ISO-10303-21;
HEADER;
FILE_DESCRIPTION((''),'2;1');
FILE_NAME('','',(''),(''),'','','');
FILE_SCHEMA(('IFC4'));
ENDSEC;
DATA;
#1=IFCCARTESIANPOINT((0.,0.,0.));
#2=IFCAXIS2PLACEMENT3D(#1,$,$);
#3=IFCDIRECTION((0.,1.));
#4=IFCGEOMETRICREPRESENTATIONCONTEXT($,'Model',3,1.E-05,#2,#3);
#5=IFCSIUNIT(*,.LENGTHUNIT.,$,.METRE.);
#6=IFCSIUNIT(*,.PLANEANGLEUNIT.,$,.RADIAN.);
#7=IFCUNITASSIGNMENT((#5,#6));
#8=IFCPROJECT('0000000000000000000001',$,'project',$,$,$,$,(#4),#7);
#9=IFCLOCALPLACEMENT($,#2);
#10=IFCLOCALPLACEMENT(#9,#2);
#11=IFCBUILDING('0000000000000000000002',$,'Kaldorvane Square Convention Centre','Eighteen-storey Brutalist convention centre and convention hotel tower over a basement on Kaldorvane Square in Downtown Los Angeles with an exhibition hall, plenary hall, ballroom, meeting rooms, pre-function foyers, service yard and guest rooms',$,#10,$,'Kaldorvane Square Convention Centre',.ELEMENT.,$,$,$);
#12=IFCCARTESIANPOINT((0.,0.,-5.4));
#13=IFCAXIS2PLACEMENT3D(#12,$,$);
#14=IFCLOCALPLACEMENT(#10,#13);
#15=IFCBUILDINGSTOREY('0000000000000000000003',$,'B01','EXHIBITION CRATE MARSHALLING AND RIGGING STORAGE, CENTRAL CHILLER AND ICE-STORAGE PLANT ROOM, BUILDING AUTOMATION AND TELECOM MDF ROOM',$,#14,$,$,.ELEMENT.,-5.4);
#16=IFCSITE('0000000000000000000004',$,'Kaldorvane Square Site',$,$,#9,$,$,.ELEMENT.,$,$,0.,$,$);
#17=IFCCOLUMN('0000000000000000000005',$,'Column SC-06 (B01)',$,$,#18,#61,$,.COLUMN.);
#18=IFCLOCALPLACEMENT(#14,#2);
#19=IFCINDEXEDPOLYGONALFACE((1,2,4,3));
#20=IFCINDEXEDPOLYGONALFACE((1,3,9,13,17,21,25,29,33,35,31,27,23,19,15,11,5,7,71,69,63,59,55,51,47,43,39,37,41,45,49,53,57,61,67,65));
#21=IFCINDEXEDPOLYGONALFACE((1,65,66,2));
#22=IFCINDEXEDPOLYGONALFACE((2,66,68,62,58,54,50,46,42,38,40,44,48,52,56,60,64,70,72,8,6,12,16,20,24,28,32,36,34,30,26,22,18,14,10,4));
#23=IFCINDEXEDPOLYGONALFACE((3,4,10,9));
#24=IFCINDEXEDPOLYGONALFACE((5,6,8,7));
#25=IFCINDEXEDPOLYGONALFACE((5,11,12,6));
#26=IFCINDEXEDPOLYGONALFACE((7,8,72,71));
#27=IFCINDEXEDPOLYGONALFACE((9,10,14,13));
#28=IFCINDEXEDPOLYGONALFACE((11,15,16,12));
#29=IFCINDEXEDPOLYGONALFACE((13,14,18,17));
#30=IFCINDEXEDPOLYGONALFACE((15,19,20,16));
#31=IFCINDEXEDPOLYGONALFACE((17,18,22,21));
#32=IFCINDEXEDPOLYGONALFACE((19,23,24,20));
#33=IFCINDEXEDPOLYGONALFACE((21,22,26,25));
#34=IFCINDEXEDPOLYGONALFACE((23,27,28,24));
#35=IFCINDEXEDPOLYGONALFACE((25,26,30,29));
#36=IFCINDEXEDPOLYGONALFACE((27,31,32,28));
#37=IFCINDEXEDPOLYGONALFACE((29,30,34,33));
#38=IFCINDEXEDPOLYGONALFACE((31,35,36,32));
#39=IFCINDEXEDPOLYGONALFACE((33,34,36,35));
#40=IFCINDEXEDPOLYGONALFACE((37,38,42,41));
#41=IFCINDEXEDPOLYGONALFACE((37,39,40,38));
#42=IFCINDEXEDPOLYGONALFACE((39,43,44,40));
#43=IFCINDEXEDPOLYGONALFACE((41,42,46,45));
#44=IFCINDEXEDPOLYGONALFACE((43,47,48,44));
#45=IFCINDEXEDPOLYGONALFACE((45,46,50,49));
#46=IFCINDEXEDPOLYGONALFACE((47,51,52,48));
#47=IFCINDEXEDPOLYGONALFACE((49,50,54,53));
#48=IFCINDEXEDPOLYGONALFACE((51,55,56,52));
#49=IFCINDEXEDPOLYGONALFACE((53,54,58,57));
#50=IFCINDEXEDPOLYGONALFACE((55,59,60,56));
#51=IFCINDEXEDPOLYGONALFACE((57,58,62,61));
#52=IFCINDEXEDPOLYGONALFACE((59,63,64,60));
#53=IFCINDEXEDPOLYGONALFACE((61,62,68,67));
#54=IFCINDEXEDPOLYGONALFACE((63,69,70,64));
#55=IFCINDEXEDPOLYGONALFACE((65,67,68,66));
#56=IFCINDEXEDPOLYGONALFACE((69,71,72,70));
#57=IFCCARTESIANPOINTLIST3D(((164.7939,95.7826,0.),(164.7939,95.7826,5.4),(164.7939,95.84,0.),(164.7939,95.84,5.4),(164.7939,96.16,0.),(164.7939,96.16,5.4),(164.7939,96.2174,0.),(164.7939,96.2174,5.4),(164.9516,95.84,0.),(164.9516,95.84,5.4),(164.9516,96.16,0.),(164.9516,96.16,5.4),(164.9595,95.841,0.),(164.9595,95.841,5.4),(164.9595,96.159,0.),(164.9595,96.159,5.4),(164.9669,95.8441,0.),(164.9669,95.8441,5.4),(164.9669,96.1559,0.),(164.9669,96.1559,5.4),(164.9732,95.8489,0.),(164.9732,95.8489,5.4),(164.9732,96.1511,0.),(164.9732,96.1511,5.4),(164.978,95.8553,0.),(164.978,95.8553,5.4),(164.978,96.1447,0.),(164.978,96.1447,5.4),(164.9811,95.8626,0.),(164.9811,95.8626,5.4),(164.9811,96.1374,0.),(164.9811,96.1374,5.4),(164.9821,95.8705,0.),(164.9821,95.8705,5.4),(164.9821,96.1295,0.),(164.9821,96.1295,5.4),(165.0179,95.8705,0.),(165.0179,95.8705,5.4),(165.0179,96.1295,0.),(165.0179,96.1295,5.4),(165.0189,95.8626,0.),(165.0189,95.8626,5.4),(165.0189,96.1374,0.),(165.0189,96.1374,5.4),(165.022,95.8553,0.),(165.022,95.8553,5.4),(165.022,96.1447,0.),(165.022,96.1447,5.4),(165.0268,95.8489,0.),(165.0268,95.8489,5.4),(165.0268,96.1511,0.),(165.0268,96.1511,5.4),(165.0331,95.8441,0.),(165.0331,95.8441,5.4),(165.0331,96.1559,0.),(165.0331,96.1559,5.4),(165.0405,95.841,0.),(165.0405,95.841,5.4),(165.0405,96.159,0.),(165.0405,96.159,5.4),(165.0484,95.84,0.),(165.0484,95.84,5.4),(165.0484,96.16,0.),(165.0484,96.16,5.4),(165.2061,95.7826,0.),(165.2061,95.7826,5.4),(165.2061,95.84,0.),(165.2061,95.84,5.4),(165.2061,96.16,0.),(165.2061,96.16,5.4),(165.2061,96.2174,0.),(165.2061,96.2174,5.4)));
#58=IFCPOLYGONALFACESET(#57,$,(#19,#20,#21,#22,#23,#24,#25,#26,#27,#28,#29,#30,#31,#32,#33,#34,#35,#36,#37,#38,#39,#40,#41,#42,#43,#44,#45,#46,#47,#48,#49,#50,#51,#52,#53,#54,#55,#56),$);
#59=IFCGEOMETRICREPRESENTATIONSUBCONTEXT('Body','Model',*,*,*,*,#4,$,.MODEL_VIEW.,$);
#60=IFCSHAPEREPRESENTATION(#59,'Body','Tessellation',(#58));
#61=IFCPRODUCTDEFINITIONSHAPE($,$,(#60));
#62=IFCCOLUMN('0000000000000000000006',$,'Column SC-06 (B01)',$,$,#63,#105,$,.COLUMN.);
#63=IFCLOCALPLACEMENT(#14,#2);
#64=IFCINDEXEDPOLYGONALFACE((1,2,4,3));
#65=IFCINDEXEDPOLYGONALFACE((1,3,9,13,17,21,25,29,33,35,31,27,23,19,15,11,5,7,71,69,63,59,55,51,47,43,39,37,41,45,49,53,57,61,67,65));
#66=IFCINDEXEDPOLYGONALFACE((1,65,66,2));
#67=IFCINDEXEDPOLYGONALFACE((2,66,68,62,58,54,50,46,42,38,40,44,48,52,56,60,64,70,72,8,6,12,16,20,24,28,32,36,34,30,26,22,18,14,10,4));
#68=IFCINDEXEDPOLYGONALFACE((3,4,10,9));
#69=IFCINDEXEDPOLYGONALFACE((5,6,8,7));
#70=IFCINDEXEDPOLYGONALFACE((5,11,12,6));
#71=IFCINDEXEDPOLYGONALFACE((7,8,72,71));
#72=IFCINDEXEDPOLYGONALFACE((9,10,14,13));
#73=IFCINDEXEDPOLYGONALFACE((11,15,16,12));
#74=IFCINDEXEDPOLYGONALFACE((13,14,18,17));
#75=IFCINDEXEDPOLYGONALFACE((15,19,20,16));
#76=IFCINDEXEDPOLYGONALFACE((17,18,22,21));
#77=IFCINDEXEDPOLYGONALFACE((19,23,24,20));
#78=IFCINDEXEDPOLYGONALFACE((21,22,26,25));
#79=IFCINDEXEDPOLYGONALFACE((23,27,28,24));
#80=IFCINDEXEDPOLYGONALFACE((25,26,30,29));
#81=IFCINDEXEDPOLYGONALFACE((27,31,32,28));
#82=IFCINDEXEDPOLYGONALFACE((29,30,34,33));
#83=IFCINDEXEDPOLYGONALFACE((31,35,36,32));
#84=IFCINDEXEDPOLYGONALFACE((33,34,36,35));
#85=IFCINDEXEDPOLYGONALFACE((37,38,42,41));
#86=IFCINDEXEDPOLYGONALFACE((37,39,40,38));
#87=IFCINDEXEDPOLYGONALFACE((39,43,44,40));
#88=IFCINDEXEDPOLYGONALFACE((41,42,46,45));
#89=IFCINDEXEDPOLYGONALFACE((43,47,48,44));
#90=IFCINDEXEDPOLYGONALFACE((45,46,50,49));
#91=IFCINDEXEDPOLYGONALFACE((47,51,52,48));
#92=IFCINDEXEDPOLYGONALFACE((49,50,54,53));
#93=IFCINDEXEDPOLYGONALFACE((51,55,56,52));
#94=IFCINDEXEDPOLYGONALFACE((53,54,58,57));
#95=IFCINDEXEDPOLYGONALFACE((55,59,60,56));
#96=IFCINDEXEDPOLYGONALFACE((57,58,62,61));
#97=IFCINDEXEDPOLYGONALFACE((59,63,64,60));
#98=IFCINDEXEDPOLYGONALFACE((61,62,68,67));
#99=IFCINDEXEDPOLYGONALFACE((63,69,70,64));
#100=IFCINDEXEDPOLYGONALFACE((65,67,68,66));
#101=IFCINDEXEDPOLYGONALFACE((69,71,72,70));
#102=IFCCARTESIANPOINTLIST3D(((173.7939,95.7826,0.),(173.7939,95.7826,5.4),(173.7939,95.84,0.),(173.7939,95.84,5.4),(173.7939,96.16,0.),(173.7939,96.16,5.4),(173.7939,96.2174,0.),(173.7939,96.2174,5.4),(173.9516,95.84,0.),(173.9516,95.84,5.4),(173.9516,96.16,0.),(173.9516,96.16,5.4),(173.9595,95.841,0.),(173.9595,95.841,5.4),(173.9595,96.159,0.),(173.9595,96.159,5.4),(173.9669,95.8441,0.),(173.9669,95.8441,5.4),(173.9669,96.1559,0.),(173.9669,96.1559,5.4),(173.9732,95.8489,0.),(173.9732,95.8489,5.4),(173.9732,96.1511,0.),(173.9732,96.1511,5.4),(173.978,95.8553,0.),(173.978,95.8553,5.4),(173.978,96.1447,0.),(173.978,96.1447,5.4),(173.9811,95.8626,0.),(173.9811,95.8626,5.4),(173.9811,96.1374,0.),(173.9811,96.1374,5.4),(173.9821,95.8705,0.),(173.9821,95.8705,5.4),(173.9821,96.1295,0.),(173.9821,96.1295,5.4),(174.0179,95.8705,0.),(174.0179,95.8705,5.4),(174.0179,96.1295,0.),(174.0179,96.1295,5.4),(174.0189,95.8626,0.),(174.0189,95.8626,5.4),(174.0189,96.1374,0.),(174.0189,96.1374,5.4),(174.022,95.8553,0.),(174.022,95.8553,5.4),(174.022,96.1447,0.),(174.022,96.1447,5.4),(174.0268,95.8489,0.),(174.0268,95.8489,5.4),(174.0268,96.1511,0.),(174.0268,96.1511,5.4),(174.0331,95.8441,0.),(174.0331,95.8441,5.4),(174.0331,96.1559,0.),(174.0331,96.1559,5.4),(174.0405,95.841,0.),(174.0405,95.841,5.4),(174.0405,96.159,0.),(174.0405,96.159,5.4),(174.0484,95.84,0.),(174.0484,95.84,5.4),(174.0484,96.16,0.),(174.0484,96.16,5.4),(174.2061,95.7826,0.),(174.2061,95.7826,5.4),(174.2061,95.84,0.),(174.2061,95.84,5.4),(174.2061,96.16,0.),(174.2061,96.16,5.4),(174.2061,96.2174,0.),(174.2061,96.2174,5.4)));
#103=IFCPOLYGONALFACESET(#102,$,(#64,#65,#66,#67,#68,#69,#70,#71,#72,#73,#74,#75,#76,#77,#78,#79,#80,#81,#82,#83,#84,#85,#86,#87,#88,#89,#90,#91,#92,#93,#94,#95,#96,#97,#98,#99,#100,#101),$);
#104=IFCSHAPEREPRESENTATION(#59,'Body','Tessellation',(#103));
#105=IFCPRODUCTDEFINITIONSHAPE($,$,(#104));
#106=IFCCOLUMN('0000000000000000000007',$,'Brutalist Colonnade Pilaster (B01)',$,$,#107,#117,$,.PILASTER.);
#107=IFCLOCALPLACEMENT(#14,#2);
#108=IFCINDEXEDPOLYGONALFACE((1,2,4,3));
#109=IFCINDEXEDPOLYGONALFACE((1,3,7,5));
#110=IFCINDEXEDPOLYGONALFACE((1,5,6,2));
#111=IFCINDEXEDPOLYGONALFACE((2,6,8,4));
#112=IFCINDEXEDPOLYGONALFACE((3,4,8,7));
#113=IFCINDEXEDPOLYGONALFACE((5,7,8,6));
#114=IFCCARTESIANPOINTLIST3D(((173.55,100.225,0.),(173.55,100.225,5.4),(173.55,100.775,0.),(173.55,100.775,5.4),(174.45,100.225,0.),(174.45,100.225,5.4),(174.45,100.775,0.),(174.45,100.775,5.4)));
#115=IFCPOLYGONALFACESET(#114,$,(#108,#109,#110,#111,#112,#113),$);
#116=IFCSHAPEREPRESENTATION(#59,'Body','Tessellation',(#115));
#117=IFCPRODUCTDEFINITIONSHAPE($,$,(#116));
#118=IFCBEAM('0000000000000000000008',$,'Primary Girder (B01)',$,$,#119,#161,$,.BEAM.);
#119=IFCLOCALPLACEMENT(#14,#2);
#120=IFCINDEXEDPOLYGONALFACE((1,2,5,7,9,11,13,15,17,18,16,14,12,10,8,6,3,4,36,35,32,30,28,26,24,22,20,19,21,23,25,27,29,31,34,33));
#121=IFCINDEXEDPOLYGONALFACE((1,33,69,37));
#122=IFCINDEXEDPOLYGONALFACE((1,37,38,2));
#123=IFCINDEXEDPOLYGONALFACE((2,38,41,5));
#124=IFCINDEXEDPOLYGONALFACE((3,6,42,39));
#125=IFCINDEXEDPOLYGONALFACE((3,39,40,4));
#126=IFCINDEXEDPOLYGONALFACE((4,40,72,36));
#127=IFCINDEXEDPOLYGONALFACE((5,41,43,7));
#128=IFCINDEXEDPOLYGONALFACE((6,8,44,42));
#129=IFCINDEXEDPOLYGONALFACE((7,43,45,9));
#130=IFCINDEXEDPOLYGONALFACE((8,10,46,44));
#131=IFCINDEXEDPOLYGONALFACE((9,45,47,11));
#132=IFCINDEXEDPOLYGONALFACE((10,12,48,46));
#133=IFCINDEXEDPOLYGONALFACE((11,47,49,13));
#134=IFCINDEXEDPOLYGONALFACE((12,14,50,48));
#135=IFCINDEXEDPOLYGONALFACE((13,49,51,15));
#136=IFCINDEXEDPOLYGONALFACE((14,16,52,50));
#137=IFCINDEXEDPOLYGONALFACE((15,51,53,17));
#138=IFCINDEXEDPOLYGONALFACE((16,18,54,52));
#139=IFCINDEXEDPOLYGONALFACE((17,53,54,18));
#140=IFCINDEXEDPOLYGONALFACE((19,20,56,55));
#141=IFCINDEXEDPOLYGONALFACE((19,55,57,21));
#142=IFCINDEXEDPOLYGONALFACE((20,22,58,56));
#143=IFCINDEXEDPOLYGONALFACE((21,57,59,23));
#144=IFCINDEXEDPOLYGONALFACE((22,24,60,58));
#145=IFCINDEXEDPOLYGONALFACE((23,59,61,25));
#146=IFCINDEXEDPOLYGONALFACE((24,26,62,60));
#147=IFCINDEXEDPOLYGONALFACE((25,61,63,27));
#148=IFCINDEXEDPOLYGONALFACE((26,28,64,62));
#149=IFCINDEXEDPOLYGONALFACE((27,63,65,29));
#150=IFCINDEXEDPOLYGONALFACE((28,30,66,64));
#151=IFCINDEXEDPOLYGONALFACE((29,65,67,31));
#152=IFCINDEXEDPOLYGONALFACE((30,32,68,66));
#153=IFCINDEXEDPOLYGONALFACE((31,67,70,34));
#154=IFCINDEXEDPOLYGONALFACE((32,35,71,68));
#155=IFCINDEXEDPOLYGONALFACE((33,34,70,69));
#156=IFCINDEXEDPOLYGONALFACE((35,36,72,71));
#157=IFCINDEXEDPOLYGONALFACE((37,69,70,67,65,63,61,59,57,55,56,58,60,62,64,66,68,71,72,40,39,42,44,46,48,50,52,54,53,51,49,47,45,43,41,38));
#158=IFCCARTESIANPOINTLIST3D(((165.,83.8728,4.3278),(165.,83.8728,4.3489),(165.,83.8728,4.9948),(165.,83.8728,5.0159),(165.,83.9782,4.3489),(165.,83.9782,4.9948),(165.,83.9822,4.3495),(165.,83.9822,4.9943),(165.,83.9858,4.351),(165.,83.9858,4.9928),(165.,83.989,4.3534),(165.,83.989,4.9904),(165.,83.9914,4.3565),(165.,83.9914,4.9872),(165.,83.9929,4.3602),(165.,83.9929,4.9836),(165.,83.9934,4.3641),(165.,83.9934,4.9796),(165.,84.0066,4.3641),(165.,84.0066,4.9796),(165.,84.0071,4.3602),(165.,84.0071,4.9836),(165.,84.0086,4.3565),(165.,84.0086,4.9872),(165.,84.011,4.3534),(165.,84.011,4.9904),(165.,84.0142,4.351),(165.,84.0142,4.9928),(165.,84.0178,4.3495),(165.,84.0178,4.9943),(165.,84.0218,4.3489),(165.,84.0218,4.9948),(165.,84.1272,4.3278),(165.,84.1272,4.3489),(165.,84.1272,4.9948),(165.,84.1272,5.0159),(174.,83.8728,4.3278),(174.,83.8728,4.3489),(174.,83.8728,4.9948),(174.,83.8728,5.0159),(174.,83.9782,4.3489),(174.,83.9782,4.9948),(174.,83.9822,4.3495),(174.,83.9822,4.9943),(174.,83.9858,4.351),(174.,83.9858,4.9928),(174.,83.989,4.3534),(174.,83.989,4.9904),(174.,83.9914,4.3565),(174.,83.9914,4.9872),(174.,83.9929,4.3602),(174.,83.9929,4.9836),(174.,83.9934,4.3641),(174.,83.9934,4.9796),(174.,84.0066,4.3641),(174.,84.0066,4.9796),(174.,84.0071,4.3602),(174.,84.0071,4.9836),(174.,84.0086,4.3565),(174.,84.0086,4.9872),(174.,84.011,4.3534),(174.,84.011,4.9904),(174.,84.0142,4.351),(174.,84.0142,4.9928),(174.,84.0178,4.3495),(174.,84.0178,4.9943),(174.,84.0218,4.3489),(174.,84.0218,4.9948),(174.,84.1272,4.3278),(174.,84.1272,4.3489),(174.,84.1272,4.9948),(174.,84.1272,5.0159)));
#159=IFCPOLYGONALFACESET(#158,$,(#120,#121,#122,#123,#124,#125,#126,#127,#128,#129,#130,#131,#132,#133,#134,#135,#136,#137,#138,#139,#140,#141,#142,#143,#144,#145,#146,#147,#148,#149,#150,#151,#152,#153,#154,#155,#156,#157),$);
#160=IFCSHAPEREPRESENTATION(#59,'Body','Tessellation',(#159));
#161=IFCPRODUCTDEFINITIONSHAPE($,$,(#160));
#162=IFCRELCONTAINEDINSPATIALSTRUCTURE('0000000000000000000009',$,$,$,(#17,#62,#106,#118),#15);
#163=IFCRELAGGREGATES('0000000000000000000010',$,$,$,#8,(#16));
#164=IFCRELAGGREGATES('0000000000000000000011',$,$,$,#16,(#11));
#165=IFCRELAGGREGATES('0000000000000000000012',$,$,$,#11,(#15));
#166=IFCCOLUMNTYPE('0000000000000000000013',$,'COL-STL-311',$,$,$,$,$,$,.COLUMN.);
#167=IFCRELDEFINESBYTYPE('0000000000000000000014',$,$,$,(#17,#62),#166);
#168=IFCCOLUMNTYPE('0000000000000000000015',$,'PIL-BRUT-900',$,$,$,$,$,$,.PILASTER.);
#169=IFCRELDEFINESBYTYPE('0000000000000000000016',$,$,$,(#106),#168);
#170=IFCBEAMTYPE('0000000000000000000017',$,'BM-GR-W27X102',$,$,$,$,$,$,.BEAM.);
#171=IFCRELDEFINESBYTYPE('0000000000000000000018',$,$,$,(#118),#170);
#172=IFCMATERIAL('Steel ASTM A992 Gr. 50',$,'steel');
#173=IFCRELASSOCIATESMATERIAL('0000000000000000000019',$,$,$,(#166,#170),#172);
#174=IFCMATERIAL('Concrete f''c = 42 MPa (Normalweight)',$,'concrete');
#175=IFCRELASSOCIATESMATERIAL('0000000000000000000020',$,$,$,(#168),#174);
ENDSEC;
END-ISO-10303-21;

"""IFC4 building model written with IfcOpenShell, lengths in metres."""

from ifc_helpers import new_model, si_unit, direction, frame, origin, origin_2d, place, context, subcontext, project, spatial, rectangle, i_section, extrude, material, material_profile, profile_set, type_object, element, save


model = new_model("IFC4")

# Units and contexts
model_context = context("Model", 3, precision=1e-05, world=origin(), true_north=direction((0.0, 1.0)))
body_context = subcontext(model_context, "Body", "Model", "MODEL_VIEW")
ifc_project = project(units=[si_unit("LENGTHUNIT", "METRE"), si_unit("PLANEANGLEUNIT", "RADIAN")], contexts=[model_context])

# Site, building, storey
site_placement = place(None, origin())
site = spatial("IfcSite", under=ifc_project, at=site_placement, Name="Kaldorvane Square Site", CompositionType="ELEMENT", RefElevation=0.0)
building_placement = place(site_placement, origin())
building = spatial("IfcBuilding", under=site, at=building_placement, Name="Kaldorvane Square Convention Centre", Description="Eighteen-storey Brutalist convention centre and convention hotel tower over a basement on Kaldorvane Square in Downtown Los Angeles with an exhibition hall, plenary hall, ballroom, meeting rooms, pre-function foyers, service yard and guest rooms", LongName="Kaldorvane Square Convention Centre", CompositionType="ELEMENT")
storey_placement = place(building_placement, frame((0.0, 0.0, -5.4)))
storey = spatial("IfcBuildingStorey", under=building, at=storey_placement, Name="B01", Description="EXHIBITION CRATE MARSHALLING AND RIGGING STORAGE, CENTRAL CHILLER AND ICE-STORAGE PLANT ROOM, BUILDING AUTOMATION AND TELECOM MDF ROOM", CompositionType="ELEMENT", Elevation=-5.4)

# Shared definitions
ifc_material_1 = material(Name="Concrete f'c = 42 MPa (Normalweight)", Category="concrete")

# Columns
ifc_material_2 = material(Name="Steel ASTM A992 Gr. 50", Category="steel")
ifc_material_profile_1 = material_profile(ifc_material_2, i_section(OverallWidth=0.4122, OverallDepth=0.4348, WebThickness=0.0358, FlangeThickness=0.0574, FilletRadius=0.0305, at=origin_2d()), Name="W14X311")
ifc_profile_set_1 = profile_set([ifc_material_profile_1], Name="Steel ASTM A992 Gr. 50")
column_type_1 = type_object("IfcColumnType", Name="COL-STL-311", PredefinedType="COLUMN", material=ifc_profile_set_1)
for number, where, z_axis, x_axis, name in (
    (1, (165.0, 96.0, 0.0), (0.0, 0.0, 1.0), (1.0, 0.0, 0.0), "Column SC-06 (B01)"),
    (2, (174.0, 96.0, 0.0), (0.0, 0.0, 1.0), (1.0, 0.0, 0.0), "Column SC-06 (B01)"),
):
    element("IfcColumn", number, at=place(storey_placement, frame(where, z_axis=z_axis, x_axis=x_axis)), inside=storey, type_object=column_type_1, Name=name, PredefinedType="COLUMN", context=body_context, shape_type="SweptSolid", body=[
        extrude(i_section(OverallWidth=0.4122, OverallDepth=0.4348, WebThickness=0.0358, FlangeThickness=0.0574, FilletRadius=0.0305, at=origin_2d()), origin(), (0.0, 0.0, 1.0), 5.4),
    ])
ifc_material_profile_2 = material_profile(ifc_material_1, rectangle(XDim=0.55, YDim=0.9, at=origin_2d()), Name="PIL900X550")
ifc_profile_set_2 = profile_set([ifc_material_profile_2], Name="Concrete f'c = 42 MPa (Normalweight)")
column_type_2 = type_object("IfcColumnType", Name="PIL-BRUT-900", PredefinedType="PILASTER", material=ifc_profile_set_2)
column_1_placement = place(storey_placement, frame((174.0, 100.5, 0.0), z_axis=(0.0, 0.0, 1.0), x_axis=(0.0, 1.0, 0.0)))
element("IfcColumn", 3, at=column_1_placement, inside=storey, type_object=column_type_2, Name="Brutalist Colonnade Pilaster (B01)", PredefinedType="PILASTER", context=body_context, shape_type="SweptSolid", body=[
    extrude(rectangle(XDim=0.55, YDim=0.9, at=origin_2d()), origin(), (0.0, 0.0, 1.0), 5.4),
])

# Beam
ifc_material_profile_3 = material_profile(ifc_material_2, i_section(OverallWidth=0.2544, OverallDepth=0.6881, WebThickness=0.0131, FlangeThickness=0.0211, FilletRadius=0.0152, at=origin_2d()), Name="W27X102")
ifc_profile_set_3 = profile_set([ifc_material_profile_3], Name="Steel ASTM A992 Gr. 50")
beam_type_1 = type_object("IfcBeamType", Name="BM-GR-W27X102", PredefinedType="BEAM", material=ifc_profile_set_3)
for number, where, z_axis, x_axis, name in (
    (4, (165.0, 84.0, 4.6719), (1.0, 0.0, 0.0), (0.0, 1.0, 0.0), "Primary Girder (B01)"),
):
    element("IfcBeam", number, at=place(storey_placement, frame(where, z_axis=z_axis, x_axis=x_axis)), inside=storey, type_object=beam_type_1, Name=name, PredefinedType="BEAM", context=body_context, shape_type="SweptSolid", body=[
        extrude(i_section(OverallWidth=0.2544, OverallDepth=0.6881, WebThickness=0.0131, FlangeThickness=0.0211, FilletRadius=0.0152, at=origin_2d()), origin(), (0.0, 0.0, 1.0), 9.0),
    ])

save(model, "model.ifc")
